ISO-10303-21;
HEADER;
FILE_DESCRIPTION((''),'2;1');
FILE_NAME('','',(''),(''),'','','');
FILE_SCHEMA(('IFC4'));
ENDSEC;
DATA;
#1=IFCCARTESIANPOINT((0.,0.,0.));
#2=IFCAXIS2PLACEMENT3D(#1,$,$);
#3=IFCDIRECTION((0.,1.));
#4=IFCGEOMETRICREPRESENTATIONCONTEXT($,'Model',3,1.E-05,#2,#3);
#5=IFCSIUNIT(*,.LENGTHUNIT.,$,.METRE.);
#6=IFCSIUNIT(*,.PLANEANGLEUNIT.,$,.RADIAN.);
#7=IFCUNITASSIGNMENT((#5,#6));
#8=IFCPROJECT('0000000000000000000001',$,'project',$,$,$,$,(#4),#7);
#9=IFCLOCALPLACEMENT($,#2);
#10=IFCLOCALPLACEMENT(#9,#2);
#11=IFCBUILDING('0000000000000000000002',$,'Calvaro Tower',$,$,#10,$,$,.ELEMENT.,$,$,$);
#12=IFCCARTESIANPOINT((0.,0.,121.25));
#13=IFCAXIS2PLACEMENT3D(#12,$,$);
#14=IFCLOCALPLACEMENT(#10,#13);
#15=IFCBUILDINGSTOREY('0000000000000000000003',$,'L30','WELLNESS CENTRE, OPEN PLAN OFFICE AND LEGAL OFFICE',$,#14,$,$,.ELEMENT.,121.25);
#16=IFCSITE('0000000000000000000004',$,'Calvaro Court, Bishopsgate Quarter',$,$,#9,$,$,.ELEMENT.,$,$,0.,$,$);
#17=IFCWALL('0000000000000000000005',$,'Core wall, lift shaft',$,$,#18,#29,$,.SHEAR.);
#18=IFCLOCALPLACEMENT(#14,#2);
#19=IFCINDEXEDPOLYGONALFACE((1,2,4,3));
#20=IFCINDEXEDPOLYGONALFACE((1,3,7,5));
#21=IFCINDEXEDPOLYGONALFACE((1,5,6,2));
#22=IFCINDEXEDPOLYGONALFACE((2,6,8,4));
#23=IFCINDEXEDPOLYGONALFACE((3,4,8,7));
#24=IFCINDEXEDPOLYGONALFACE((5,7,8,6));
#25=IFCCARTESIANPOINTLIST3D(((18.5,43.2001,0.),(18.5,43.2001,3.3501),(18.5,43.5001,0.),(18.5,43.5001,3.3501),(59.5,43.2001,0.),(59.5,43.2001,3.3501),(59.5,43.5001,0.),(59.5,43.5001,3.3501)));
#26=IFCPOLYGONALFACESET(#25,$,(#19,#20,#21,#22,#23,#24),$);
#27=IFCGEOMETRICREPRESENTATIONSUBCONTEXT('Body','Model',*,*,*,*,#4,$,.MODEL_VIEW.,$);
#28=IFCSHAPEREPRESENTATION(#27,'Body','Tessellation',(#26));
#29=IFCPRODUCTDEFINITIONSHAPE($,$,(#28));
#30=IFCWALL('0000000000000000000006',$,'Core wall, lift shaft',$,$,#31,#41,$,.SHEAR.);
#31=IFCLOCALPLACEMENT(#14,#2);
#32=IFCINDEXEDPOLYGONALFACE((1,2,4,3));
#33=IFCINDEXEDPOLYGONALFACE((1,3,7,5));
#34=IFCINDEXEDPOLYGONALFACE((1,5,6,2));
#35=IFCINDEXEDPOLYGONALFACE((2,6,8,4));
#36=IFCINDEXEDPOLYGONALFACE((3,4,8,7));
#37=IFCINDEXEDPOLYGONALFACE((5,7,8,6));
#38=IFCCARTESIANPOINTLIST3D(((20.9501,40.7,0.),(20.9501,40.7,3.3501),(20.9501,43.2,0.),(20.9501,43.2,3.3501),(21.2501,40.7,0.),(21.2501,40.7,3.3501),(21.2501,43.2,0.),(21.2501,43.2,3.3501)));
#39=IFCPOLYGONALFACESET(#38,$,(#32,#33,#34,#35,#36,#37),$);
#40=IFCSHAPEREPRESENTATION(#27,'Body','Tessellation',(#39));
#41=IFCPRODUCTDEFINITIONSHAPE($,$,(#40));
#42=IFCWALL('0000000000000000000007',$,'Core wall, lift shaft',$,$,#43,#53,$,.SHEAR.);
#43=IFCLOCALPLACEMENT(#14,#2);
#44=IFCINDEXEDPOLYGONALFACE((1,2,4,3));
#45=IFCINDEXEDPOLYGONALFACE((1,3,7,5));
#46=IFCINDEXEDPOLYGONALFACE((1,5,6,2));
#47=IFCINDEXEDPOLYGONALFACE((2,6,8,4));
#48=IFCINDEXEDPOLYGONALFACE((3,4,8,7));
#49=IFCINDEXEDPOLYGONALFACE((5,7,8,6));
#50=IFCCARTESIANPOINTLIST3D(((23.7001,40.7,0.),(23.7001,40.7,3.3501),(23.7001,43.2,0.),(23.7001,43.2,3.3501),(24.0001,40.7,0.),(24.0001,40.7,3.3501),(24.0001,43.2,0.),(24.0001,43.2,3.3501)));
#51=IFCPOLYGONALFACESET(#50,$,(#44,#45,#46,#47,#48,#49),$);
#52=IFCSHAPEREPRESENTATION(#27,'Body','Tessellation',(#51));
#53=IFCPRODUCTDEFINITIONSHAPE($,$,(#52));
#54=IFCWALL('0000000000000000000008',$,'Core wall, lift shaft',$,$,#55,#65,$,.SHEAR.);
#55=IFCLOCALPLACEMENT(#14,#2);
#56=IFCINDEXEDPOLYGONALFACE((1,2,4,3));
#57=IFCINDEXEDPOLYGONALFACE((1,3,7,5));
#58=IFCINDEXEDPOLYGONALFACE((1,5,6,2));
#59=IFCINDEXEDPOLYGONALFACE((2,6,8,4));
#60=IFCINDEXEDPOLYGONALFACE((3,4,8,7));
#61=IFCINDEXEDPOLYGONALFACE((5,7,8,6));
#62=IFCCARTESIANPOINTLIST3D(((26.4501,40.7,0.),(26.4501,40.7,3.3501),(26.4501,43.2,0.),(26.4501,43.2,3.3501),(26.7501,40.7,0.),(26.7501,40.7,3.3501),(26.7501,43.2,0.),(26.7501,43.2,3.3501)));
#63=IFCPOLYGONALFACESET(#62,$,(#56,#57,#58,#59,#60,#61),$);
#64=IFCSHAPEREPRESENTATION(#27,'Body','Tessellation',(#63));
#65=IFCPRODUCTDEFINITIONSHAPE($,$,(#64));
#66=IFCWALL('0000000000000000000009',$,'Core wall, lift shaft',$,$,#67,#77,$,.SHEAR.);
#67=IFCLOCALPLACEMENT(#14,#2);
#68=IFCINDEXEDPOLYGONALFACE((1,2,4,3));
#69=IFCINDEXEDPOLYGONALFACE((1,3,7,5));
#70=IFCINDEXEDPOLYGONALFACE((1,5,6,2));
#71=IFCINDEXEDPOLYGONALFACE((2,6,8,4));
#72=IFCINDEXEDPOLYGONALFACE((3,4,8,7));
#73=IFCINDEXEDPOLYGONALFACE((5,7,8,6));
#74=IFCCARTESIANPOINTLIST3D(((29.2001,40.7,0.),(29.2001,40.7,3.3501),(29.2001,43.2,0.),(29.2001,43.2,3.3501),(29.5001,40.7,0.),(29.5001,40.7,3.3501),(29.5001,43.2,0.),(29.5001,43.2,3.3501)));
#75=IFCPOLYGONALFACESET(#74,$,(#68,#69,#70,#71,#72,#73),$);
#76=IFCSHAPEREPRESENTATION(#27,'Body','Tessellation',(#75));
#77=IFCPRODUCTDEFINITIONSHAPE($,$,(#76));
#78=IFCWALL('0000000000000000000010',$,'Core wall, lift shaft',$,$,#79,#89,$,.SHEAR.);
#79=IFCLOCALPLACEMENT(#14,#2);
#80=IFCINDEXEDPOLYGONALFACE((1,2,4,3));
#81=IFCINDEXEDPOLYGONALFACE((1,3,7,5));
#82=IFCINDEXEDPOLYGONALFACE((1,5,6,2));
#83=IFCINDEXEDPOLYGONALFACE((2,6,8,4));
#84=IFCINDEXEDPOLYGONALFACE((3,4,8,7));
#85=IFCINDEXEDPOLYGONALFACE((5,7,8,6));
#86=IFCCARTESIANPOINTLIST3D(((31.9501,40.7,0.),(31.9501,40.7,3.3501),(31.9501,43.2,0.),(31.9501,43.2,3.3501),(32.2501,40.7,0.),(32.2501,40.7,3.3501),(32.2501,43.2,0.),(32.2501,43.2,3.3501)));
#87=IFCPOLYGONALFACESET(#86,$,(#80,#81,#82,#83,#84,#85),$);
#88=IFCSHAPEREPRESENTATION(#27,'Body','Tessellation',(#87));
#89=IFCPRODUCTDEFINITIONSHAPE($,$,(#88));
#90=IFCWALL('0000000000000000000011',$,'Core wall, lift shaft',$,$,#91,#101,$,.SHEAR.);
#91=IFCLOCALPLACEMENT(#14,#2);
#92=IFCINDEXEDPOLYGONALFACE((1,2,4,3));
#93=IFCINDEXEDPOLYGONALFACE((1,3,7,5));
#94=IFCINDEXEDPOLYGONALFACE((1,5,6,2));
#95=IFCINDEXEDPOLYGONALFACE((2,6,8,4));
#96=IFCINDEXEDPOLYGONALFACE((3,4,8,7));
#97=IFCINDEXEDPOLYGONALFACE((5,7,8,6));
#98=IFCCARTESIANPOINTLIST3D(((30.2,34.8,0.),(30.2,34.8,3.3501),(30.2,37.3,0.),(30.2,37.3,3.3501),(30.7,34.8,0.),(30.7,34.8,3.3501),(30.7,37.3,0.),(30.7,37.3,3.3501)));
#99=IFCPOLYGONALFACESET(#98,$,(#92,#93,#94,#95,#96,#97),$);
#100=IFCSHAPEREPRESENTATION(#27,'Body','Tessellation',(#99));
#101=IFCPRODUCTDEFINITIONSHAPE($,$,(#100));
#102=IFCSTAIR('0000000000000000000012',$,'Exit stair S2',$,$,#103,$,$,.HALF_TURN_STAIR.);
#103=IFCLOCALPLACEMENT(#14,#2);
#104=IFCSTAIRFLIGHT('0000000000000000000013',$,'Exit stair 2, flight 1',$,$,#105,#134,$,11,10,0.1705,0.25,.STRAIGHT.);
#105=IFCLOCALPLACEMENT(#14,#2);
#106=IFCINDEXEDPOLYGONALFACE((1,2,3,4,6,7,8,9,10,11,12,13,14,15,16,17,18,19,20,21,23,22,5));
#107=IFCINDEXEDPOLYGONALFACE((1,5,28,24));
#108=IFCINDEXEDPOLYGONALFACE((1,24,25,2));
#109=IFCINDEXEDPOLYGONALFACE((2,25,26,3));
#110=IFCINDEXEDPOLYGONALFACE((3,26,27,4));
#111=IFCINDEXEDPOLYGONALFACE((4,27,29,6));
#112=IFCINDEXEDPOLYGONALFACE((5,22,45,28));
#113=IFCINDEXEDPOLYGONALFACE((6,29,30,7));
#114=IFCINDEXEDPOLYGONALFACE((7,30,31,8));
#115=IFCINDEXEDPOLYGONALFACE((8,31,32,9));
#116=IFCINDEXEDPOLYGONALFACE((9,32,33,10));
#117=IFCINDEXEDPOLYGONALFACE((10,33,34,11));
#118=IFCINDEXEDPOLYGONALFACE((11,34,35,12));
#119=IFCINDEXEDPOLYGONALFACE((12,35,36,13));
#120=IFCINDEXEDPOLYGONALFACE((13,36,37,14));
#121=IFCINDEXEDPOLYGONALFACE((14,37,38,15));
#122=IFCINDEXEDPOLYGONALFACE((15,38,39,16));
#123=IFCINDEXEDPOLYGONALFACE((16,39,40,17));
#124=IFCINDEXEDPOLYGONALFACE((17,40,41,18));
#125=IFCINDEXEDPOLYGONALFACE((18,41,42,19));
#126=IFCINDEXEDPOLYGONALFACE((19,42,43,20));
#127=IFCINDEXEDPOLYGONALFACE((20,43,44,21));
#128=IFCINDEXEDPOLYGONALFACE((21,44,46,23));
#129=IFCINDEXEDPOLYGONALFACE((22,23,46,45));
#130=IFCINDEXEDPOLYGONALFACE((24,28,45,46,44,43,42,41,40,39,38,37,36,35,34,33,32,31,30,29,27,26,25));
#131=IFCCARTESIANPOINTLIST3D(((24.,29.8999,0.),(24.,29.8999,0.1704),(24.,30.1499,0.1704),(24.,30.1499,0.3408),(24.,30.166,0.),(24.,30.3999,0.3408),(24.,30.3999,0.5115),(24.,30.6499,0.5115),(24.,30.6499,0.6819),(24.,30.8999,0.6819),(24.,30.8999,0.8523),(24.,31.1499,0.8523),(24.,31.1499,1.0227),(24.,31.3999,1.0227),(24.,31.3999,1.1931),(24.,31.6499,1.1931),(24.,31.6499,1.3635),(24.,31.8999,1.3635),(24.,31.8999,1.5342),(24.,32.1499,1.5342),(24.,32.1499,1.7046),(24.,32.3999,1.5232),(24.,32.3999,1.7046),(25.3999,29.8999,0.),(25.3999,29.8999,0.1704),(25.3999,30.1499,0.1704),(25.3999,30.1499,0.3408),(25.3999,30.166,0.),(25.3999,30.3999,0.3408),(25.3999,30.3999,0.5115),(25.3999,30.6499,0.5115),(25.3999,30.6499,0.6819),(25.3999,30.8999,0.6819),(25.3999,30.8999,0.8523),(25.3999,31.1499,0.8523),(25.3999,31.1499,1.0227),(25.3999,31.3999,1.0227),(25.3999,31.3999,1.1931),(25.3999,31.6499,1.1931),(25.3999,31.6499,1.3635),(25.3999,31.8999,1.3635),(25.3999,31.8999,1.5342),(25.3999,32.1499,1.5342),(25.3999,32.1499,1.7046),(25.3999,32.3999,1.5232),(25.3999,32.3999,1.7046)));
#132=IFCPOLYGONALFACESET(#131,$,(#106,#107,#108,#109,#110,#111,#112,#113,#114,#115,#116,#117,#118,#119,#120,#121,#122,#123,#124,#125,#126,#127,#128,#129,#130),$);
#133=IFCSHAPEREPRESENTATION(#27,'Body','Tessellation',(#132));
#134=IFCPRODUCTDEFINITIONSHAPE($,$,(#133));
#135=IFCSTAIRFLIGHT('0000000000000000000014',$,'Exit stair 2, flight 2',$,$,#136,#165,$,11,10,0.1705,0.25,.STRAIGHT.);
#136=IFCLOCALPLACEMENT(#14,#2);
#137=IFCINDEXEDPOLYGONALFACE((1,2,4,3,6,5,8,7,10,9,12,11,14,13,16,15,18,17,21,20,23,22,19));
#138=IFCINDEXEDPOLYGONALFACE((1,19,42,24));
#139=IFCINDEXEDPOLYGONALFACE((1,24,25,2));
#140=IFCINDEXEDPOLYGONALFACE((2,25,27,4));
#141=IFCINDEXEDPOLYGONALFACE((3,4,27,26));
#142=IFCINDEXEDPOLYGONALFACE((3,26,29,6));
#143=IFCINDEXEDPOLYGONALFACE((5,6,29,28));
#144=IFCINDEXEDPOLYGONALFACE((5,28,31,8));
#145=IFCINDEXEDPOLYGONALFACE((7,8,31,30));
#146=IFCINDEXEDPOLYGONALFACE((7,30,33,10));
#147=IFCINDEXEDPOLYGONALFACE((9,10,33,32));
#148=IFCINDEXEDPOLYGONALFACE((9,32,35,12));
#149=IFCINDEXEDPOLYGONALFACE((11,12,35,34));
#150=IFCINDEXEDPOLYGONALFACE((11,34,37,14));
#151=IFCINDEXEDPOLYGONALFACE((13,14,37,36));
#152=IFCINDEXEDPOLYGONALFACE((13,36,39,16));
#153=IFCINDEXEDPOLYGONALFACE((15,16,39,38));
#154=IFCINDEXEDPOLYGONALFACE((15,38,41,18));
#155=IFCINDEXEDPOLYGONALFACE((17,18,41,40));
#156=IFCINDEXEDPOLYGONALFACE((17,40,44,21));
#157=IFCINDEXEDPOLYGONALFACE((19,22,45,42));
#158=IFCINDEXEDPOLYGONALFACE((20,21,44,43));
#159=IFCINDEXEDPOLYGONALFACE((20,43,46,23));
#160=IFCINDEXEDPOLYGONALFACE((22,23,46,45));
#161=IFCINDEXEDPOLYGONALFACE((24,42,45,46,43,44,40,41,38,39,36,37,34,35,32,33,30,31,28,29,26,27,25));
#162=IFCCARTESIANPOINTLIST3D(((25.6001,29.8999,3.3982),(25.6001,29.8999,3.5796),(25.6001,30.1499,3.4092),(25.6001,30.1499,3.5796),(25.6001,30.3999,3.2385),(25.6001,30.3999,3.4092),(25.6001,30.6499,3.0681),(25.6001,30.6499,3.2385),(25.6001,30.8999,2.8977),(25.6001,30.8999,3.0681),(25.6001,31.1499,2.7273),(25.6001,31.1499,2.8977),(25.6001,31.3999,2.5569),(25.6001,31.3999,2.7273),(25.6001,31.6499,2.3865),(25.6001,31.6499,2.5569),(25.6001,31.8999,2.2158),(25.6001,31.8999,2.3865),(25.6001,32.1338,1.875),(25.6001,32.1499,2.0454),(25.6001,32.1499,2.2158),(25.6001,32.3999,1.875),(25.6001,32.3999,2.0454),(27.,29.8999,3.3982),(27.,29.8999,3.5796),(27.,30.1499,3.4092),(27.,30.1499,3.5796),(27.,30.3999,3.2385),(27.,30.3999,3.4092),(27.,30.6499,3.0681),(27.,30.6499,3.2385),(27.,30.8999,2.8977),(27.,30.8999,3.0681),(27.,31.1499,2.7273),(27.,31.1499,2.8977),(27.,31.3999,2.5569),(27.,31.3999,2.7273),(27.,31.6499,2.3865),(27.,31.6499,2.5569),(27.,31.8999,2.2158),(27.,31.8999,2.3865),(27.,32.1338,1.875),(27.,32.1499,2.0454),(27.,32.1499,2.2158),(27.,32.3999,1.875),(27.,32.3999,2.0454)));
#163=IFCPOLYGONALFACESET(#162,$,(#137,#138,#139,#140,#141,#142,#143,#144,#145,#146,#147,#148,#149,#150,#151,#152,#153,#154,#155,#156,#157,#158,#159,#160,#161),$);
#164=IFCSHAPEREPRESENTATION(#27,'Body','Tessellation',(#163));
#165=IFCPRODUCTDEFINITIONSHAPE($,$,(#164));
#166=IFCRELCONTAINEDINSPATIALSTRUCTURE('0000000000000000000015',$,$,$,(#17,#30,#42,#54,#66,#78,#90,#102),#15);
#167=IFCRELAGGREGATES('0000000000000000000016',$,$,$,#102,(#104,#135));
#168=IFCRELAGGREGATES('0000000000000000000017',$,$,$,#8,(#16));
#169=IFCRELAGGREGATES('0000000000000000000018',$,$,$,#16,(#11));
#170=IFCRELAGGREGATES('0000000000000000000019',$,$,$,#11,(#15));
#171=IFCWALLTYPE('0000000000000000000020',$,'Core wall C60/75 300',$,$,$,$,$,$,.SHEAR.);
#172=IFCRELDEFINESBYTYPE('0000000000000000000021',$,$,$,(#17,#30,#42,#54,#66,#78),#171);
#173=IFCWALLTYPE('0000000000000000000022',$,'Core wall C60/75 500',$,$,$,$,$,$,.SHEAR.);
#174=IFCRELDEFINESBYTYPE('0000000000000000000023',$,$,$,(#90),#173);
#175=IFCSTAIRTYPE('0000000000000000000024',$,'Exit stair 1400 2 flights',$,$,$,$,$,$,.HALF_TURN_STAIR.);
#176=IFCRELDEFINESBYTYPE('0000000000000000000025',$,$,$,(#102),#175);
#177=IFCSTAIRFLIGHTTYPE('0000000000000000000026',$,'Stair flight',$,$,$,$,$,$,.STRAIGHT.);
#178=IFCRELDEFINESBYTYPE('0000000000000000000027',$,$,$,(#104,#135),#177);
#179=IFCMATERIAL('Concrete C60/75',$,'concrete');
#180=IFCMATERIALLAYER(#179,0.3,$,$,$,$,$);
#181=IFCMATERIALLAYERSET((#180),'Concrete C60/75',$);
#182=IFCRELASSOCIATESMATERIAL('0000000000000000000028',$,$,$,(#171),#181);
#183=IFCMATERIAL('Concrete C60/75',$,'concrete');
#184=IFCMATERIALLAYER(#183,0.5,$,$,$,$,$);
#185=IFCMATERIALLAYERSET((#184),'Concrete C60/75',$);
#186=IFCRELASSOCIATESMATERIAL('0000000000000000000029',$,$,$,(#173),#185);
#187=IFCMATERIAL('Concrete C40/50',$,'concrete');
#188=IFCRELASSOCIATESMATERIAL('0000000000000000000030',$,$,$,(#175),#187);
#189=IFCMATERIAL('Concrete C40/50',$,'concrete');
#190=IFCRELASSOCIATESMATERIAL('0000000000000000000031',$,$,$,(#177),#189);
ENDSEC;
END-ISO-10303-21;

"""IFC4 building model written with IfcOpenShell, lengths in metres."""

from ifc_helpers import new_model, si_unit, direction, frame, frame_2d, origin, place, context, subcontext, project, spatial, polyline, rectangle, outline, extrude, material, layer, layer_set, type_object, element, aggregate, save


model = new_model("IFC4")

# Units and contexts
model_context = context("Model", 3, precision=1e-05, world=origin(), true_north=direction((0.0, 1.0)))
body_context = subcontext(model_context, "Body", "Model", "MODEL_VIEW")
ifc_project = project(units=[si_unit("LENGTHUNIT", "METRE"), si_unit("PLANEANGLEUNIT", "RADIAN")], contexts=[model_context])

# Site, building, storey
site_placement = place(None, origin())
site = spatial("IfcSite", under=ifc_project, at=site_placement, Name="Calvaro Court, Bishopsgate Quarter", CompositionType="ELEMENT", RefElevation=0.0)
building_placement = place(site_placement, origin())
building = spatial("IfcBuilding", under=site, at=building_placement, Name="Calvaro Tower", CompositionType="ELEMENT")
storey_placement = place(building_placement, frame((0.0, 0.0, 121.25)))
storey = spatial("IfcBuildingStorey", under=building, at=storey_placement, Name="L30", Description="WELLNESS CENTRE, OPEN PLAN OFFICE AND LEGAL OFFICE", CompositionType="ELEMENT", Elevation=121.25)

# Shared definitions
ifc_material_1 = material(Name="Concrete C60/75", Category="concrete")
ifc_layer_1 = layer(ifc_material_1, 0.3)
ifc_layer_set_1 = layer_set([ifc_layer_1], Name="Concrete C60/75")
wall_type_1 = type_object("IfcWallType", Name="Core wall C60/75 300", PredefinedType="SHEAR", material=ifc_layer_set_1)

# Walls
wall_1_placement = place(storey_placement, frame((18.5, 43.3501, 0.0), z_axis=(0.0, 0.0, 1.0), x_axis=(1.0, 0.0, 0.0)))
element("IfcWall", 1, at=wall_1_placement, inside=storey, type_object=wall_type_1, Name="Core wall, lift shaft", PredefinedType="SHEAR", context=body_context, shape_type="SweptSolid", body=[
    extrude(rectangle(XDim=41.0, YDim=0.3, at=frame_2d((20.5, 0.0))), origin(), (0.0, 0.0, 1.0), 3.3501),
])
for number, where, z_axis, x_axis, name in (
    (2, (21.1001, 40.7, 0.0), (0.0, 0.0, 1.0), (0.0, 1.0, 0.0), "Core wall, lift shaft"),
    (3, (23.8501, 40.7, 0.0), (0.0, 0.0, 1.0), (0.0, 1.0, 0.0), "Core wall, lift shaft"),
    (4, (26.6001, 40.7, 0.0), (0.0, 0.0, 1.0), (0.0, 1.0, 0.0), "Core wall, lift shaft"),
    (5, (29.3501, 40.7, 0.0), (0.0, 0.0, 1.0), (0.0, 1.0, 0.0), "Core wall, lift shaft"),
    (6, (32.1001, 40.7, 0.0), (0.0, 0.0, 1.0), (0.0, 1.0, 0.0), "Core wall, lift shaft"),
):
    element("IfcWall", number, at=place(storey_placement, frame(where, z_axis=z_axis, x_axis=x_axis)), inside=storey, type_object=wall_type_1, Name=name, PredefinedType="SHEAR", context=body_context, shape_type="SweptSolid", body=[
        extrude(rectangle(XDim=2.5, YDim=0.3, at=frame_2d((1.25, 0.0))), origin(), (0.0, 0.0, 1.0), 3.3501),
    ])
ifc_material_2 = material(Name="Concrete C60/75", Category="concrete")
ifc_layer_2 = layer(ifc_material_2, 0.5)
ifc_layer_set_2 = layer_set([ifc_layer_2], Name="Concrete C60/75")
wall_type_2 = type_object("IfcWallType", Name="Core wall C60/75 500", PredefinedType="SHEAR", material=ifc_layer_set_2)
wall_2_placement = place(storey_placement, frame((30.45, 34.8, 0.0), z_axis=(0.0, 0.0, 1.0), x_axis=(0.0, 1.0, 0.0)))
element("IfcWall", 7, at=wall_2_placement, inside=storey, type_object=wall_type_2, Name="Core wall, lift shaft", PredefinedType="SHEAR", context=body_context, shape_type="SweptSolid", body=[
    extrude(rectangle(XDim=2.5, YDim=0.5, at=frame_2d((1.25, 0.0))), origin(), (0.0, 0.0, 1.0), 3.3501),
])

# Stair, stair flights
ifc_material_3 = material(Name="Concrete C40/50", Category="concrete")
stair_type = type_object("IfcStairType", Name="Exit stair 1400 2 flights", PredefinedType="HALF_TURN_STAIR", material=ifc_material_3)
stair_placement = place(storey_placement, origin())
stair = element("IfcStair", 8, at=stair_placement, inside=storey, type_object=stair_type, Name="Exit stair S2", PredefinedType="HALF_TURN_STAIR")
ifc_material_4 = material(Name="Concrete C40/50", Category="concrete")
stair_flight_type = type_object("IfcStairFlightType", Name="Stair flight", PredefinedType="STRAIGHT", material=ifc_material_4)
stair_flight_1_placement = place(storey_placement, frame((24.7, 29.8999, 0.0), z_axis=(0.0, 0.0, 1.0), x_axis=(0.0, 1.0, 0.0)))
stair_flight_1 = element("IfcStairFlight", 9, at=stair_flight_1_placement, type_object=stair_flight_type, Name="Exit stair 2, flight 1", NumberOfRisers=11, NumberOfTreads=10, PredefinedType="STRAIGHT", RiserHeight=0.1705, TreadLength=0.25, context=body_context, shape_type="SweptSolid", body=[
    extrude(outline(polyline([(0.0, 0.0), (0.0, 0.1704), (0.25, 0.1704), (0.25, 0.3408), (0.5, 0.3408), (0.5, 0.5115), (0.75, 0.5115), (0.75, 0.6819), (1.0, 0.6819), (1.0, 0.8523), (1.25, 0.8523), (1.25, 1.0227), (1.5, 1.0227), (1.5, 1.1931), (1.75, 1.1931), (1.75, 1.3635), (2.0, 1.3635), (2.0, 1.5342), (2.25, 1.5342), (2.25, 1.7046), (2.5, 1.7046), (2.5, 1.875), (2.5, 1.5232), (0.2661, 0.0), (0.0, 0.0)])), frame((0.0, 0.7, 0.0), z_axis=(0.0, -1.0, 0.0), x_axis=(1.0, 0.0, 0.0)), (0.0, 0.0, 1.0), 1.3999),
])
stair_flight_2_placement = place(storey_placement, frame((26.3, 32.3999, 1.875), z_axis=(0.0, 0.0, 1.0), x_axis=(0.0, -1.0, 0.0)))
stair_flight_2 = element("IfcStairFlight", 10, at=stair_flight_2_placement, type_object=stair_flight_type, Name="Exit stair 2, flight 2", NumberOfRisers=11, NumberOfTreads=10, PredefinedType="STRAIGHT", RiserHeight=0.1705, TreadLength=0.25, context=body_context, shape_type="SweptSolid", body=[
    extrude(outline(polyline([(0.0, 0.0), (0.0, 0.1704), (0.25, 0.1704), (0.25, 0.3408), (0.5, 0.3408), (0.5, 0.5115), (0.75, 0.5115), (0.75, 0.6819), (1.0, 0.6819), (1.0, 0.8523), (1.25, 0.8523), (1.25, 1.0227), (1.5, 1.0227), (1.5, 1.1931), (1.75, 1.1931), (1.75, 1.3635), (2.0, 1.3635), (2.0, 1.5342), (2.25, 1.5342), (2.25, 1.7046), (2.5, 1.7046), (2.5, 1.875), (2.5, 1.5232), (0.2661, 0.0), (0.0, 0.0)])), frame((0.0, 0.7, 0.0), z_axis=(0.0, -1.0, 0.0), x_axis=(1.0, 0.0, 0.0)), (0.0, 0.0, 1.0), 1.3999),
])
aggregate(stair, [stair_flight_1, stair_flight_2])

save(model, "model.ifc")
